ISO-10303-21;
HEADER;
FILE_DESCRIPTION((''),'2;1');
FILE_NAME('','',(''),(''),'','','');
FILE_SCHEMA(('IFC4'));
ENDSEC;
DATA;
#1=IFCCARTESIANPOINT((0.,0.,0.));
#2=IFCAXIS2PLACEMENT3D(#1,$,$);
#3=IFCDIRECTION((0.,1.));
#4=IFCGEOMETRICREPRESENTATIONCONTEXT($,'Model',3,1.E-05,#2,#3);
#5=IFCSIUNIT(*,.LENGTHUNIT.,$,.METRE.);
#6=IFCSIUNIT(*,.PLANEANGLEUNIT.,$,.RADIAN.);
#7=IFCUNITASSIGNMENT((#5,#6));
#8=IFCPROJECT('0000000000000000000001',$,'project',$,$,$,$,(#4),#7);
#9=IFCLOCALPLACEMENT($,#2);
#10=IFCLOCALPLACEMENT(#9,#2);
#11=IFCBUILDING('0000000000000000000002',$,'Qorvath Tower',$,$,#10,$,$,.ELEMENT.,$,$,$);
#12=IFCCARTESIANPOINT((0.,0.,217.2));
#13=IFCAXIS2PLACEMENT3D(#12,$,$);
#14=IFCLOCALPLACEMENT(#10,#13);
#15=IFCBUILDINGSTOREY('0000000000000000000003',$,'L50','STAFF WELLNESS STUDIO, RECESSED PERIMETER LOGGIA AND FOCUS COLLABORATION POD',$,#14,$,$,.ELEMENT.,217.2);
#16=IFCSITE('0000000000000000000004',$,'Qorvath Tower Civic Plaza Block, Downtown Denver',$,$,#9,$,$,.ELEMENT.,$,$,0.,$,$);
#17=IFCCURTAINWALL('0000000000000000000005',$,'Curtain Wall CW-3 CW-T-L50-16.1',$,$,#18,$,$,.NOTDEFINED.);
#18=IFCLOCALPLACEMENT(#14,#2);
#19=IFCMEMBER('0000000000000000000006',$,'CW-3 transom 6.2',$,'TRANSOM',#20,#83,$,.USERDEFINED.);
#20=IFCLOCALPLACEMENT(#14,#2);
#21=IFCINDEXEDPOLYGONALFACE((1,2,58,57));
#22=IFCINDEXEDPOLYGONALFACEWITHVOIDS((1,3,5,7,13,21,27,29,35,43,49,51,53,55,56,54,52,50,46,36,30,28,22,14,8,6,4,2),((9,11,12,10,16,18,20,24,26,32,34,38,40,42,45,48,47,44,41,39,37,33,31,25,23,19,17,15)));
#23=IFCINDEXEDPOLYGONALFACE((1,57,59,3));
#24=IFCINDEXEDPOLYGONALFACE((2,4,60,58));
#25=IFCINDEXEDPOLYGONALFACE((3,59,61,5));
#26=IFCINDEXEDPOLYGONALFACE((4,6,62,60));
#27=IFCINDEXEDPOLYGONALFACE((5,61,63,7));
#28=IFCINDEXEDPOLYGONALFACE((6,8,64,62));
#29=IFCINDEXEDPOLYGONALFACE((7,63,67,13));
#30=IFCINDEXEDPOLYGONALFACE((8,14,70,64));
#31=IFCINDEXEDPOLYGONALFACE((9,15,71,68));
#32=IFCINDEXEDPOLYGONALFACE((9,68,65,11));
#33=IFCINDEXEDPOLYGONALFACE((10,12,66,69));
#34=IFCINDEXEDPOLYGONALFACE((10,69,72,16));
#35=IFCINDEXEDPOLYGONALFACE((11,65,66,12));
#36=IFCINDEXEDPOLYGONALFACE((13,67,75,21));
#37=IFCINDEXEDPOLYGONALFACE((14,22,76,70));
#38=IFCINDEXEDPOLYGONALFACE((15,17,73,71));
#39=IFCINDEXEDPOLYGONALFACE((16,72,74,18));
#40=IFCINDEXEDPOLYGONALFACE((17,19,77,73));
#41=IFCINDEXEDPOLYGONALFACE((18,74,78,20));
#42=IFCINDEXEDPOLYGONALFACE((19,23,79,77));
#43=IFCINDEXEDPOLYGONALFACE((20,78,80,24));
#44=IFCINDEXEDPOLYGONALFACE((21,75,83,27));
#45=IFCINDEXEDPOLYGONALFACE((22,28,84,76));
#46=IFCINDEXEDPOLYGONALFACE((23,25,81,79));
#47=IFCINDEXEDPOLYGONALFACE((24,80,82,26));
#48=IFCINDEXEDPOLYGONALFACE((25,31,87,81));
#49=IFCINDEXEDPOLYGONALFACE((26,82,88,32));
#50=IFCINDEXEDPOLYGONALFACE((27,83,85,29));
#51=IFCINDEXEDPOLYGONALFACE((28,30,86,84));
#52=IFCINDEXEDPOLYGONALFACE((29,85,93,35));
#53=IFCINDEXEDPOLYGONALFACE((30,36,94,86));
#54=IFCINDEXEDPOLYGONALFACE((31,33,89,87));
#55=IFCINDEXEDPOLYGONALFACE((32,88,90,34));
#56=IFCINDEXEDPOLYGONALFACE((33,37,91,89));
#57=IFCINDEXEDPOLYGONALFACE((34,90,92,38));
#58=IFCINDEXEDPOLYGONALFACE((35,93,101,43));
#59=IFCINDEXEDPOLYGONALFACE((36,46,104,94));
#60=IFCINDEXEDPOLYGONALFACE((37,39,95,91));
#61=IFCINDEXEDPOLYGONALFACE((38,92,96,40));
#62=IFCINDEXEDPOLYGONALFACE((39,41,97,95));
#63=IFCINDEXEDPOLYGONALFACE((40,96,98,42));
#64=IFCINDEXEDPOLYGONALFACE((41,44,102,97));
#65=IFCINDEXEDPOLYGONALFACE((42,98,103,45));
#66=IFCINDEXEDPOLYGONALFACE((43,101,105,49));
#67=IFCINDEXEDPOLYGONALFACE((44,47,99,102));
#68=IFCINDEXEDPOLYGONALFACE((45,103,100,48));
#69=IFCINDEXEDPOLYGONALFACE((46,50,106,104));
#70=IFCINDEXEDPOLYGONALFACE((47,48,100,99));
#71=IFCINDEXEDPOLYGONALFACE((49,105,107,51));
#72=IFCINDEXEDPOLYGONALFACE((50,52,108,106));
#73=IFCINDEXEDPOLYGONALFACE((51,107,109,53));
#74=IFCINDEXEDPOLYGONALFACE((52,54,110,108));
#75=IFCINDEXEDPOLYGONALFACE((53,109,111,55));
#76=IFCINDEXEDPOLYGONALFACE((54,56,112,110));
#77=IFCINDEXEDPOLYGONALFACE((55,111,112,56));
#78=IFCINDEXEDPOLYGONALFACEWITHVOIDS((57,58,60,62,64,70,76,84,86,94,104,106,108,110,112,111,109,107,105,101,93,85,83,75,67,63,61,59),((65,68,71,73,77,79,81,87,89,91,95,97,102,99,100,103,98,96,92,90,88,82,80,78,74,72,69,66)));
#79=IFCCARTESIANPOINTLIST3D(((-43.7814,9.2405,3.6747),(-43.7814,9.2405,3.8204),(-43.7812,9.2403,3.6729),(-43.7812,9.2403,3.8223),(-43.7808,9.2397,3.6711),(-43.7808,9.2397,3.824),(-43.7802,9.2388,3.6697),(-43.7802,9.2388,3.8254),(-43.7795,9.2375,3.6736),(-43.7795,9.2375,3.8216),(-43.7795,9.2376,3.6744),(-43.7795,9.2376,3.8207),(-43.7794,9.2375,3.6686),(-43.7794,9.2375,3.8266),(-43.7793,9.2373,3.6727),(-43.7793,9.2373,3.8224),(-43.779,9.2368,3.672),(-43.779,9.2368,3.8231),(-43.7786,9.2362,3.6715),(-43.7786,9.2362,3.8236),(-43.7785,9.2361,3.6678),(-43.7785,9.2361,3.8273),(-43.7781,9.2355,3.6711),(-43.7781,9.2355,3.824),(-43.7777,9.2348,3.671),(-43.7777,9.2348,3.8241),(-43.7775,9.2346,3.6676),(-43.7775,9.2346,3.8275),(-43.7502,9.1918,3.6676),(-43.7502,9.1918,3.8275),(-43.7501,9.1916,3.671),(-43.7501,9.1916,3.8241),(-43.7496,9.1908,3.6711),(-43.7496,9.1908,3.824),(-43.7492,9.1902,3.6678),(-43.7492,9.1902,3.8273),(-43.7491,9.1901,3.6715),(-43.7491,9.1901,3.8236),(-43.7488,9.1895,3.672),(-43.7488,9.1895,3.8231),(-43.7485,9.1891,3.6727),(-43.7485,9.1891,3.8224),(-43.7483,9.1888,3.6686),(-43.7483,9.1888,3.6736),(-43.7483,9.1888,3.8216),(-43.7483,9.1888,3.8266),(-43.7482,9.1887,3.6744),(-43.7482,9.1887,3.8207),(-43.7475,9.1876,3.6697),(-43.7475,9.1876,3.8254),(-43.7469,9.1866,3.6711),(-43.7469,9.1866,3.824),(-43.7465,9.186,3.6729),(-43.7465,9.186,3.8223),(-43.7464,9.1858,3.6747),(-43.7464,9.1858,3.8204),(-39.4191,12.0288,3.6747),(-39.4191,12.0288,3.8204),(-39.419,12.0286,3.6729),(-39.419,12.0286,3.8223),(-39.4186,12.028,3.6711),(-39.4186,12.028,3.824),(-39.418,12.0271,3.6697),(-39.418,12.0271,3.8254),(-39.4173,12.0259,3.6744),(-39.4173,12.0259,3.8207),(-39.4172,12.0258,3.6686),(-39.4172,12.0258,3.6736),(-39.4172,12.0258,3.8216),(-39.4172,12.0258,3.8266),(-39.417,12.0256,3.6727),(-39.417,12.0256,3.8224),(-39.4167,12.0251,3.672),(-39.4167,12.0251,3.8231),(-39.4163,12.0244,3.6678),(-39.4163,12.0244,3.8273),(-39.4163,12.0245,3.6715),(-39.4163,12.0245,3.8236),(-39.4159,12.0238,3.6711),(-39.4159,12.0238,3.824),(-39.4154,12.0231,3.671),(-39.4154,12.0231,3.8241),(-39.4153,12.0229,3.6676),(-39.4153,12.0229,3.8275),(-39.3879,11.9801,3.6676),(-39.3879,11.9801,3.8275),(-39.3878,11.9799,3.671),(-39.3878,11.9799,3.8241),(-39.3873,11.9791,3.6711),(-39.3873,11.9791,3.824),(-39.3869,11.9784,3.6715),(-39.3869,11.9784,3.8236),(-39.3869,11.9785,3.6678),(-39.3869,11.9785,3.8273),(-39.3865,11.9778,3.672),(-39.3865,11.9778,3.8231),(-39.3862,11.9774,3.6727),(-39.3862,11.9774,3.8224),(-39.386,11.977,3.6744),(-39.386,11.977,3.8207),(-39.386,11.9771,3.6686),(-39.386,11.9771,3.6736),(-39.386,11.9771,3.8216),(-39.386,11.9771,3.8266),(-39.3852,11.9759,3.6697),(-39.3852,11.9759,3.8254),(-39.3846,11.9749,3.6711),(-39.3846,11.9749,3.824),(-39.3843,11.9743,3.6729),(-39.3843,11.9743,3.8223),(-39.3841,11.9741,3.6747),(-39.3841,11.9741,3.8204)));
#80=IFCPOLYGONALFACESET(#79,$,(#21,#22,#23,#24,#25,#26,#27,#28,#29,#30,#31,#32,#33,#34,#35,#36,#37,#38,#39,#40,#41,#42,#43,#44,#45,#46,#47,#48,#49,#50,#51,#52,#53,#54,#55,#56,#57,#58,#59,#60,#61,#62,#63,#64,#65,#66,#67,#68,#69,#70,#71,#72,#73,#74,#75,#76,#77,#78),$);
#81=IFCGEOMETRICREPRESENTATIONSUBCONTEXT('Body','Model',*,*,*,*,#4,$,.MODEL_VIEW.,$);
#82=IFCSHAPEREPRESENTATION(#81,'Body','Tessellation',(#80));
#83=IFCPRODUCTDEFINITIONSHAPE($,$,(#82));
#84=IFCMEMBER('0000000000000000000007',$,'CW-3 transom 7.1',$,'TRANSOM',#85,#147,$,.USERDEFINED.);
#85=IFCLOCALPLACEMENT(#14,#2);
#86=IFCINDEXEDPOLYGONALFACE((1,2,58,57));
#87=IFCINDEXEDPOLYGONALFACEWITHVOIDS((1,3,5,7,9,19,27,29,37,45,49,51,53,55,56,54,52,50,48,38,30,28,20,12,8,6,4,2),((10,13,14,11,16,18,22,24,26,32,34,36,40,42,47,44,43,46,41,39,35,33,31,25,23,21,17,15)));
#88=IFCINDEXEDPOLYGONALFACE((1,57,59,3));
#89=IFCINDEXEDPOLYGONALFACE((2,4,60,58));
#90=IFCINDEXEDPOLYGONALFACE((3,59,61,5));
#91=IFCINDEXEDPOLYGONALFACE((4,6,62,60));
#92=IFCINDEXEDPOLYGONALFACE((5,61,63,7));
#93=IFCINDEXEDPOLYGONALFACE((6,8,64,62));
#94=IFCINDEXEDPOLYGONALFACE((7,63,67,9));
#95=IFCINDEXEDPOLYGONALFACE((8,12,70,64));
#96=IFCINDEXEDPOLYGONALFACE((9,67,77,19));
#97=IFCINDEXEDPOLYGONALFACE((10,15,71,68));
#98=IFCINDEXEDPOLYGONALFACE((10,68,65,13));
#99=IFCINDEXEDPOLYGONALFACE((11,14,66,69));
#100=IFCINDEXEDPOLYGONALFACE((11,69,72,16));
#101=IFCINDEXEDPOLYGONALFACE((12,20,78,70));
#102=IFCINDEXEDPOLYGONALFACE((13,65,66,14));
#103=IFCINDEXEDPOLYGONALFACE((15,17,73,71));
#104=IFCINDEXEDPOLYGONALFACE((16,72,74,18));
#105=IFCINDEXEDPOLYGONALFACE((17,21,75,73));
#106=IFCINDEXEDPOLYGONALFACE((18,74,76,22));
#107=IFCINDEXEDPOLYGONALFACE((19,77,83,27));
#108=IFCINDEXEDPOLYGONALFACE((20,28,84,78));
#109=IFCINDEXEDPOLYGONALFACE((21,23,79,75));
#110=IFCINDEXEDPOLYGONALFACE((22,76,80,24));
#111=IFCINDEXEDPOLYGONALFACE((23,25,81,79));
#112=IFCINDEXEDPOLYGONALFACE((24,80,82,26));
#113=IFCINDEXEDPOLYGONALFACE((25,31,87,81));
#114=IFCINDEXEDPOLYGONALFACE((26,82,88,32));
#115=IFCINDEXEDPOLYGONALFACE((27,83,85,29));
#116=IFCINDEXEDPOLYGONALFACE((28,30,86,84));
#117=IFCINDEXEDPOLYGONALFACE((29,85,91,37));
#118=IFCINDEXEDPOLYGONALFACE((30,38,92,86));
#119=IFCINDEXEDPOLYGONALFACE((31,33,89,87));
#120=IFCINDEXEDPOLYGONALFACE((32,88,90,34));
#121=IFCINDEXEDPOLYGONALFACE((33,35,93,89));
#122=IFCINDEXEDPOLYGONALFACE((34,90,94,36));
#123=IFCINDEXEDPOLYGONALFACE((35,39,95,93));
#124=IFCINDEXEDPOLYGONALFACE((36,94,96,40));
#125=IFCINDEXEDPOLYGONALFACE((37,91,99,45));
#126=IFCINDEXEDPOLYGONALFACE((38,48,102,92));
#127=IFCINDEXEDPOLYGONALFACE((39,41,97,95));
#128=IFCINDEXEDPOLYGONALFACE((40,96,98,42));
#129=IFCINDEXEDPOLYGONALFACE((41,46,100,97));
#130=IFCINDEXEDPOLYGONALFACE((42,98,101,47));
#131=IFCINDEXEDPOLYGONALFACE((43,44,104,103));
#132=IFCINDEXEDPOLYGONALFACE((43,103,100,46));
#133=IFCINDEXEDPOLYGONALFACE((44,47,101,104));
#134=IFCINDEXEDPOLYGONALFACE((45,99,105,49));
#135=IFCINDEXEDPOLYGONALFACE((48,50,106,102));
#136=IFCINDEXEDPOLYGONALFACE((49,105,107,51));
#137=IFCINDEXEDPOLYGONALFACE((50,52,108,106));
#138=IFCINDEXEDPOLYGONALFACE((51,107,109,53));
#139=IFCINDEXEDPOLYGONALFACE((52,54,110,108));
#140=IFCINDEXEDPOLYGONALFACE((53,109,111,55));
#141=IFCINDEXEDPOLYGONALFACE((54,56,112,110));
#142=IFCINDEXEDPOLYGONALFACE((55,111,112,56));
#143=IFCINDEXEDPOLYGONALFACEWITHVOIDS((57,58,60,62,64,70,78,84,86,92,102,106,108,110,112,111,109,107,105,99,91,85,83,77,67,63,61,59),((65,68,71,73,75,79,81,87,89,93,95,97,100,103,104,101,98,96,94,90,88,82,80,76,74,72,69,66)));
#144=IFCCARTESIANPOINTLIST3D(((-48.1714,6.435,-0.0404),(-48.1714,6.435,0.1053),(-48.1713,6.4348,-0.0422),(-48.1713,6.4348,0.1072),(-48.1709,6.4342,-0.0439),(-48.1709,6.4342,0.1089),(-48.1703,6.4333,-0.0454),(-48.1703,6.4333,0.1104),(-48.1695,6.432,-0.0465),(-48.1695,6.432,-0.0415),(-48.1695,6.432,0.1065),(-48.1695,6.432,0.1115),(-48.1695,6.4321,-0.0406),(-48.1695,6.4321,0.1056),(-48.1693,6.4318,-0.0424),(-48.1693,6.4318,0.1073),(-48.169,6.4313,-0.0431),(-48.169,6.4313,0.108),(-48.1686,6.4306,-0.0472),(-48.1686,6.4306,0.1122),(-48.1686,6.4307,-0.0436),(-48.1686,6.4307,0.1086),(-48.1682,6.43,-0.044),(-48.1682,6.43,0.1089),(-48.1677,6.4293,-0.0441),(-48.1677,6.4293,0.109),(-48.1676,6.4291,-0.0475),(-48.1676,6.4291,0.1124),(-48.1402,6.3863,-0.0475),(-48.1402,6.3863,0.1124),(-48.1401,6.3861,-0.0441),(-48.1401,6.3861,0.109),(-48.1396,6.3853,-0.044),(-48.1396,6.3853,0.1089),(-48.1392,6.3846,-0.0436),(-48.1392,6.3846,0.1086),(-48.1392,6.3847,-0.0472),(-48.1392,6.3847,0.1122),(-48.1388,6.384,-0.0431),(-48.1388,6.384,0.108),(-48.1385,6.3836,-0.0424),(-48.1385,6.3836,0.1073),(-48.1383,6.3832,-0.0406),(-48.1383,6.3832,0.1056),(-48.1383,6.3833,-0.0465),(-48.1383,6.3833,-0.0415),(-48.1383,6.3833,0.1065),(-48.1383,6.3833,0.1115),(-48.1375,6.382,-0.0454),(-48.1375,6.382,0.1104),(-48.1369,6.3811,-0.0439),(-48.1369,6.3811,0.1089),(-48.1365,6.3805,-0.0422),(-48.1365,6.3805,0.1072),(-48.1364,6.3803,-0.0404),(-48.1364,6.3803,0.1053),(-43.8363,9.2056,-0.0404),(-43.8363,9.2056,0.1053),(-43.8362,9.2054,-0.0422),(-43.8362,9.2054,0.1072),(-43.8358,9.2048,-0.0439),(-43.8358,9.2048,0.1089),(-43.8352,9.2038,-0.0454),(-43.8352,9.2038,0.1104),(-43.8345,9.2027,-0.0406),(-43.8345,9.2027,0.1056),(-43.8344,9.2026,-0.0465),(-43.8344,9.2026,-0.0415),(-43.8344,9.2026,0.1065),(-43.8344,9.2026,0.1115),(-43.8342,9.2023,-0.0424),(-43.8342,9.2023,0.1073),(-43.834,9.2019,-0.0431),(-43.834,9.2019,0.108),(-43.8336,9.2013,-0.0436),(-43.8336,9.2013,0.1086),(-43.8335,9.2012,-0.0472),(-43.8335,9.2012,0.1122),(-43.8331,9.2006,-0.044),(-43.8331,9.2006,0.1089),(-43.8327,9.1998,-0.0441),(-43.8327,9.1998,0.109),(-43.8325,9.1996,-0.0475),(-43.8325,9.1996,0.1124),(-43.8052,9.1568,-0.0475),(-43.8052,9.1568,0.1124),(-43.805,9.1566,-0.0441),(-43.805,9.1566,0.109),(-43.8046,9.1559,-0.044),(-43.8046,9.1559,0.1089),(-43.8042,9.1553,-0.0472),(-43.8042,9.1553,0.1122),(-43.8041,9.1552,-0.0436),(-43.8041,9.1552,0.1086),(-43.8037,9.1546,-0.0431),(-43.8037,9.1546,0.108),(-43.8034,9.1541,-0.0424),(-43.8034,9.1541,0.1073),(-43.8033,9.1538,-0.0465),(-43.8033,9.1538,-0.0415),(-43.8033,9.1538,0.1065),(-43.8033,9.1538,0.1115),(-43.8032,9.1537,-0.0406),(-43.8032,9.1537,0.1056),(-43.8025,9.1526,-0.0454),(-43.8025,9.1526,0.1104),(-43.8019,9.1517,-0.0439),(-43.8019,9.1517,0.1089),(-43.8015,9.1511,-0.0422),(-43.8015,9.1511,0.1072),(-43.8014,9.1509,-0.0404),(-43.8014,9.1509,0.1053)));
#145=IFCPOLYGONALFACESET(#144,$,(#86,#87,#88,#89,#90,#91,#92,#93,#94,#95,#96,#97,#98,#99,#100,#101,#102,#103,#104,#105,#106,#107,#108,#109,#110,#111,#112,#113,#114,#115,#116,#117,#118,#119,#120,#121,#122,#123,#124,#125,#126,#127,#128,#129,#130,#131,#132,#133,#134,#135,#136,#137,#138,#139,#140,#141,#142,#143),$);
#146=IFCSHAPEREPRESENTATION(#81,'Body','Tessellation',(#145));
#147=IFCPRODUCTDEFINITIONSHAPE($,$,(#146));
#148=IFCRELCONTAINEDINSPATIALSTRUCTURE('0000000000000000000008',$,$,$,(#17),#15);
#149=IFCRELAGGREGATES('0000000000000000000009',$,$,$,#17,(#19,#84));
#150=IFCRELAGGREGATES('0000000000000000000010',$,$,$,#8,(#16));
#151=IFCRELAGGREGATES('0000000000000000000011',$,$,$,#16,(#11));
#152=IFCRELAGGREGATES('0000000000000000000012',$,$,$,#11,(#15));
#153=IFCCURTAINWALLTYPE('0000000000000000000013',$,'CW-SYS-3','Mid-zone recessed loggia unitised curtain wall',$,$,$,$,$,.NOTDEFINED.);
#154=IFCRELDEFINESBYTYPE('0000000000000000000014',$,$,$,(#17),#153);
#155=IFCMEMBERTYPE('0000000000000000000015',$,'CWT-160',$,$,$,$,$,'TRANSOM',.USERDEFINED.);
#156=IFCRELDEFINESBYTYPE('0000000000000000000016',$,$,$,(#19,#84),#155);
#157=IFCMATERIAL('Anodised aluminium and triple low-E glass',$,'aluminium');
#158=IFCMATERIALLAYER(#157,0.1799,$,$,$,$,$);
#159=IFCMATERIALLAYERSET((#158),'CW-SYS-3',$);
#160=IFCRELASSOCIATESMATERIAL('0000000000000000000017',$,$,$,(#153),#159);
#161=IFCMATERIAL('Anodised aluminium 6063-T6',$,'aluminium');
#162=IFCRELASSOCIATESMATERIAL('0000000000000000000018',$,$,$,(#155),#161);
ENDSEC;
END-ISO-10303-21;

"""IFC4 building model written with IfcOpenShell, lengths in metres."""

from ifc_helpers import new_model, si_unit, direction, frame, origin, origin_2d, place, context, subcontext, project, spatial, hollow_rectangle, extrude, material, layer, layer_set, material_profile, profile_set, type_object, element, aggregate, save


model = new_model("IFC4")

# Units and contexts
model_context = context("Model", 3, precision=1e-05, world=origin(), true_north=direction((0.0, 1.0)))
body_context = subcontext(model_context, "Body", "Model", "MODEL_VIEW")
ifc_project = project(units=[si_unit("LENGTHUNIT", "METRE"), si_unit("PLANEANGLEUNIT", "RADIAN")], contexts=[model_context])

# Site, building, storey
site_placement = place(None, origin())
site = spatial("IfcSite", under=ifc_project, at=site_placement, Name="Qorvath Tower Civic Plaza Block, Downtown Denver", CompositionType="ELEMENT", RefElevation=0.0)
building_placement = place(site_placement, origin())
building = spatial("IfcBuilding", under=site, at=building_placement, Name="Qorvath Tower", CompositionType="ELEMENT")
storey_placement = place(building_placement, frame((0.0, 0.0, 217.2)))
storey = spatial("IfcBuildingStorey", under=building, at=storey_placement, Name="L50", Description="STAFF WELLNESS STUDIO, RECESSED PERIMETER LOGGIA AND FOCUS COLLABORATION POD", CompositionType="ELEMENT", Elevation=217.2)

# Curtain wall
ifc_material_1 = material(Name="Anodised aluminium and triple low-E glass", Category="aluminium")
ifc_layer_1 = layer(ifc_material_1, 0.1799)
ifc_layer_set_1 = layer_set([ifc_layer_1], Name="CW-SYS-3")
curtain_wall_type = type_object("IfcCurtainWallType", Name="CW-SYS-3", Description="Mid-zone recessed loggia unitised curtain wall", PredefinedType="NOTDEFINED", material=ifc_layer_set_1)
curtain_wall_1_placement = place(storey_placement, origin())
curtain_wall_1 = element("IfcCurtainWall", 1, at=curtain_wall_1_placement, inside=storey, type_object=curtain_wall_type, Name="Curtain Wall CW-3 CW-T-L50-16.1", PredefinedType="NOTDEFINED")

# Members
ifc_material_2 = material(Name="Anodised aluminium 6063-T6", Category="aluminium")
ifc_material_profile_1 = material_profile(ifc_material_2, hollow_rectangle(XDim=0.0649, YDim=0.1599, WallThickness=0.0034, InnerFilletRadius=0.0034, OuterFilletRadius=0.0071, at=origin_2d()), Name="CWT 160x65")
ifc_profile_set_1 = profile_set([ifc_material_profile_1], Name="Anodised aluminium 6063-T6")
member_type_1 = type_object("IfcMemberType", Name="CWT-160", ElementType="TRANSOM", PredefinedType="USERDEFINED", material=ifc_profile_set_1)
member_1_placement = place(storey_placement, frame((-39.4016, 12.0015, 3.7476), z_axis=(-0.842582, -0.538568, 0.0), x_axis=(0.538568, -0.842582, 0.0)))
member_1 = element("IfcMember", 2, at=member_1_placement, type_object=member_type_1, Name="CW-3 transom 6.2", ObjectType="TRANSOM", PredefinedType="USERDEFINED", context=body_context, shape_type="SweptSolid", body=[
    extrude(hollow_rectangle(XDim=0.0649, YDim=0.1599, WallThickness=0.0034, InnerFilletRadius=0.0034, OuterFilletRadius=0.0071, at=origin_2d()), origin(), (0.0, 0.0, 1.0), 5.1772),
])
member_2_placement = place(storey_placement, frame((-43.8188, 9.1782, 0.0325), z_axis=(-0.842613, -0.53852, 0.0), x_axis=(0.53852, -0.842613, 0.0)))
member_2 = element("IfcMember", 3, at=member_2_placement, type_object=member_type_1, Name="CW-3 transom 7.1", ObjectType="TRANSOM", PredefinedType="USERDEFINED", context=body_context, shape_type="SweptSolid", body=[
    extrude(hollow_rectangle(XDim=0.0649, YDim=0.1599, WallThickness=0.0034, InnerFilletRadius=0.0034, OuterFilletRadius=0.0071, at=origin_2d()), origin(), (0.0, 0.0, 1.0), 5.1448),
])

aggregate(curtain_wall_1, [member_1, member_2])

save(model, "model.ifc")
